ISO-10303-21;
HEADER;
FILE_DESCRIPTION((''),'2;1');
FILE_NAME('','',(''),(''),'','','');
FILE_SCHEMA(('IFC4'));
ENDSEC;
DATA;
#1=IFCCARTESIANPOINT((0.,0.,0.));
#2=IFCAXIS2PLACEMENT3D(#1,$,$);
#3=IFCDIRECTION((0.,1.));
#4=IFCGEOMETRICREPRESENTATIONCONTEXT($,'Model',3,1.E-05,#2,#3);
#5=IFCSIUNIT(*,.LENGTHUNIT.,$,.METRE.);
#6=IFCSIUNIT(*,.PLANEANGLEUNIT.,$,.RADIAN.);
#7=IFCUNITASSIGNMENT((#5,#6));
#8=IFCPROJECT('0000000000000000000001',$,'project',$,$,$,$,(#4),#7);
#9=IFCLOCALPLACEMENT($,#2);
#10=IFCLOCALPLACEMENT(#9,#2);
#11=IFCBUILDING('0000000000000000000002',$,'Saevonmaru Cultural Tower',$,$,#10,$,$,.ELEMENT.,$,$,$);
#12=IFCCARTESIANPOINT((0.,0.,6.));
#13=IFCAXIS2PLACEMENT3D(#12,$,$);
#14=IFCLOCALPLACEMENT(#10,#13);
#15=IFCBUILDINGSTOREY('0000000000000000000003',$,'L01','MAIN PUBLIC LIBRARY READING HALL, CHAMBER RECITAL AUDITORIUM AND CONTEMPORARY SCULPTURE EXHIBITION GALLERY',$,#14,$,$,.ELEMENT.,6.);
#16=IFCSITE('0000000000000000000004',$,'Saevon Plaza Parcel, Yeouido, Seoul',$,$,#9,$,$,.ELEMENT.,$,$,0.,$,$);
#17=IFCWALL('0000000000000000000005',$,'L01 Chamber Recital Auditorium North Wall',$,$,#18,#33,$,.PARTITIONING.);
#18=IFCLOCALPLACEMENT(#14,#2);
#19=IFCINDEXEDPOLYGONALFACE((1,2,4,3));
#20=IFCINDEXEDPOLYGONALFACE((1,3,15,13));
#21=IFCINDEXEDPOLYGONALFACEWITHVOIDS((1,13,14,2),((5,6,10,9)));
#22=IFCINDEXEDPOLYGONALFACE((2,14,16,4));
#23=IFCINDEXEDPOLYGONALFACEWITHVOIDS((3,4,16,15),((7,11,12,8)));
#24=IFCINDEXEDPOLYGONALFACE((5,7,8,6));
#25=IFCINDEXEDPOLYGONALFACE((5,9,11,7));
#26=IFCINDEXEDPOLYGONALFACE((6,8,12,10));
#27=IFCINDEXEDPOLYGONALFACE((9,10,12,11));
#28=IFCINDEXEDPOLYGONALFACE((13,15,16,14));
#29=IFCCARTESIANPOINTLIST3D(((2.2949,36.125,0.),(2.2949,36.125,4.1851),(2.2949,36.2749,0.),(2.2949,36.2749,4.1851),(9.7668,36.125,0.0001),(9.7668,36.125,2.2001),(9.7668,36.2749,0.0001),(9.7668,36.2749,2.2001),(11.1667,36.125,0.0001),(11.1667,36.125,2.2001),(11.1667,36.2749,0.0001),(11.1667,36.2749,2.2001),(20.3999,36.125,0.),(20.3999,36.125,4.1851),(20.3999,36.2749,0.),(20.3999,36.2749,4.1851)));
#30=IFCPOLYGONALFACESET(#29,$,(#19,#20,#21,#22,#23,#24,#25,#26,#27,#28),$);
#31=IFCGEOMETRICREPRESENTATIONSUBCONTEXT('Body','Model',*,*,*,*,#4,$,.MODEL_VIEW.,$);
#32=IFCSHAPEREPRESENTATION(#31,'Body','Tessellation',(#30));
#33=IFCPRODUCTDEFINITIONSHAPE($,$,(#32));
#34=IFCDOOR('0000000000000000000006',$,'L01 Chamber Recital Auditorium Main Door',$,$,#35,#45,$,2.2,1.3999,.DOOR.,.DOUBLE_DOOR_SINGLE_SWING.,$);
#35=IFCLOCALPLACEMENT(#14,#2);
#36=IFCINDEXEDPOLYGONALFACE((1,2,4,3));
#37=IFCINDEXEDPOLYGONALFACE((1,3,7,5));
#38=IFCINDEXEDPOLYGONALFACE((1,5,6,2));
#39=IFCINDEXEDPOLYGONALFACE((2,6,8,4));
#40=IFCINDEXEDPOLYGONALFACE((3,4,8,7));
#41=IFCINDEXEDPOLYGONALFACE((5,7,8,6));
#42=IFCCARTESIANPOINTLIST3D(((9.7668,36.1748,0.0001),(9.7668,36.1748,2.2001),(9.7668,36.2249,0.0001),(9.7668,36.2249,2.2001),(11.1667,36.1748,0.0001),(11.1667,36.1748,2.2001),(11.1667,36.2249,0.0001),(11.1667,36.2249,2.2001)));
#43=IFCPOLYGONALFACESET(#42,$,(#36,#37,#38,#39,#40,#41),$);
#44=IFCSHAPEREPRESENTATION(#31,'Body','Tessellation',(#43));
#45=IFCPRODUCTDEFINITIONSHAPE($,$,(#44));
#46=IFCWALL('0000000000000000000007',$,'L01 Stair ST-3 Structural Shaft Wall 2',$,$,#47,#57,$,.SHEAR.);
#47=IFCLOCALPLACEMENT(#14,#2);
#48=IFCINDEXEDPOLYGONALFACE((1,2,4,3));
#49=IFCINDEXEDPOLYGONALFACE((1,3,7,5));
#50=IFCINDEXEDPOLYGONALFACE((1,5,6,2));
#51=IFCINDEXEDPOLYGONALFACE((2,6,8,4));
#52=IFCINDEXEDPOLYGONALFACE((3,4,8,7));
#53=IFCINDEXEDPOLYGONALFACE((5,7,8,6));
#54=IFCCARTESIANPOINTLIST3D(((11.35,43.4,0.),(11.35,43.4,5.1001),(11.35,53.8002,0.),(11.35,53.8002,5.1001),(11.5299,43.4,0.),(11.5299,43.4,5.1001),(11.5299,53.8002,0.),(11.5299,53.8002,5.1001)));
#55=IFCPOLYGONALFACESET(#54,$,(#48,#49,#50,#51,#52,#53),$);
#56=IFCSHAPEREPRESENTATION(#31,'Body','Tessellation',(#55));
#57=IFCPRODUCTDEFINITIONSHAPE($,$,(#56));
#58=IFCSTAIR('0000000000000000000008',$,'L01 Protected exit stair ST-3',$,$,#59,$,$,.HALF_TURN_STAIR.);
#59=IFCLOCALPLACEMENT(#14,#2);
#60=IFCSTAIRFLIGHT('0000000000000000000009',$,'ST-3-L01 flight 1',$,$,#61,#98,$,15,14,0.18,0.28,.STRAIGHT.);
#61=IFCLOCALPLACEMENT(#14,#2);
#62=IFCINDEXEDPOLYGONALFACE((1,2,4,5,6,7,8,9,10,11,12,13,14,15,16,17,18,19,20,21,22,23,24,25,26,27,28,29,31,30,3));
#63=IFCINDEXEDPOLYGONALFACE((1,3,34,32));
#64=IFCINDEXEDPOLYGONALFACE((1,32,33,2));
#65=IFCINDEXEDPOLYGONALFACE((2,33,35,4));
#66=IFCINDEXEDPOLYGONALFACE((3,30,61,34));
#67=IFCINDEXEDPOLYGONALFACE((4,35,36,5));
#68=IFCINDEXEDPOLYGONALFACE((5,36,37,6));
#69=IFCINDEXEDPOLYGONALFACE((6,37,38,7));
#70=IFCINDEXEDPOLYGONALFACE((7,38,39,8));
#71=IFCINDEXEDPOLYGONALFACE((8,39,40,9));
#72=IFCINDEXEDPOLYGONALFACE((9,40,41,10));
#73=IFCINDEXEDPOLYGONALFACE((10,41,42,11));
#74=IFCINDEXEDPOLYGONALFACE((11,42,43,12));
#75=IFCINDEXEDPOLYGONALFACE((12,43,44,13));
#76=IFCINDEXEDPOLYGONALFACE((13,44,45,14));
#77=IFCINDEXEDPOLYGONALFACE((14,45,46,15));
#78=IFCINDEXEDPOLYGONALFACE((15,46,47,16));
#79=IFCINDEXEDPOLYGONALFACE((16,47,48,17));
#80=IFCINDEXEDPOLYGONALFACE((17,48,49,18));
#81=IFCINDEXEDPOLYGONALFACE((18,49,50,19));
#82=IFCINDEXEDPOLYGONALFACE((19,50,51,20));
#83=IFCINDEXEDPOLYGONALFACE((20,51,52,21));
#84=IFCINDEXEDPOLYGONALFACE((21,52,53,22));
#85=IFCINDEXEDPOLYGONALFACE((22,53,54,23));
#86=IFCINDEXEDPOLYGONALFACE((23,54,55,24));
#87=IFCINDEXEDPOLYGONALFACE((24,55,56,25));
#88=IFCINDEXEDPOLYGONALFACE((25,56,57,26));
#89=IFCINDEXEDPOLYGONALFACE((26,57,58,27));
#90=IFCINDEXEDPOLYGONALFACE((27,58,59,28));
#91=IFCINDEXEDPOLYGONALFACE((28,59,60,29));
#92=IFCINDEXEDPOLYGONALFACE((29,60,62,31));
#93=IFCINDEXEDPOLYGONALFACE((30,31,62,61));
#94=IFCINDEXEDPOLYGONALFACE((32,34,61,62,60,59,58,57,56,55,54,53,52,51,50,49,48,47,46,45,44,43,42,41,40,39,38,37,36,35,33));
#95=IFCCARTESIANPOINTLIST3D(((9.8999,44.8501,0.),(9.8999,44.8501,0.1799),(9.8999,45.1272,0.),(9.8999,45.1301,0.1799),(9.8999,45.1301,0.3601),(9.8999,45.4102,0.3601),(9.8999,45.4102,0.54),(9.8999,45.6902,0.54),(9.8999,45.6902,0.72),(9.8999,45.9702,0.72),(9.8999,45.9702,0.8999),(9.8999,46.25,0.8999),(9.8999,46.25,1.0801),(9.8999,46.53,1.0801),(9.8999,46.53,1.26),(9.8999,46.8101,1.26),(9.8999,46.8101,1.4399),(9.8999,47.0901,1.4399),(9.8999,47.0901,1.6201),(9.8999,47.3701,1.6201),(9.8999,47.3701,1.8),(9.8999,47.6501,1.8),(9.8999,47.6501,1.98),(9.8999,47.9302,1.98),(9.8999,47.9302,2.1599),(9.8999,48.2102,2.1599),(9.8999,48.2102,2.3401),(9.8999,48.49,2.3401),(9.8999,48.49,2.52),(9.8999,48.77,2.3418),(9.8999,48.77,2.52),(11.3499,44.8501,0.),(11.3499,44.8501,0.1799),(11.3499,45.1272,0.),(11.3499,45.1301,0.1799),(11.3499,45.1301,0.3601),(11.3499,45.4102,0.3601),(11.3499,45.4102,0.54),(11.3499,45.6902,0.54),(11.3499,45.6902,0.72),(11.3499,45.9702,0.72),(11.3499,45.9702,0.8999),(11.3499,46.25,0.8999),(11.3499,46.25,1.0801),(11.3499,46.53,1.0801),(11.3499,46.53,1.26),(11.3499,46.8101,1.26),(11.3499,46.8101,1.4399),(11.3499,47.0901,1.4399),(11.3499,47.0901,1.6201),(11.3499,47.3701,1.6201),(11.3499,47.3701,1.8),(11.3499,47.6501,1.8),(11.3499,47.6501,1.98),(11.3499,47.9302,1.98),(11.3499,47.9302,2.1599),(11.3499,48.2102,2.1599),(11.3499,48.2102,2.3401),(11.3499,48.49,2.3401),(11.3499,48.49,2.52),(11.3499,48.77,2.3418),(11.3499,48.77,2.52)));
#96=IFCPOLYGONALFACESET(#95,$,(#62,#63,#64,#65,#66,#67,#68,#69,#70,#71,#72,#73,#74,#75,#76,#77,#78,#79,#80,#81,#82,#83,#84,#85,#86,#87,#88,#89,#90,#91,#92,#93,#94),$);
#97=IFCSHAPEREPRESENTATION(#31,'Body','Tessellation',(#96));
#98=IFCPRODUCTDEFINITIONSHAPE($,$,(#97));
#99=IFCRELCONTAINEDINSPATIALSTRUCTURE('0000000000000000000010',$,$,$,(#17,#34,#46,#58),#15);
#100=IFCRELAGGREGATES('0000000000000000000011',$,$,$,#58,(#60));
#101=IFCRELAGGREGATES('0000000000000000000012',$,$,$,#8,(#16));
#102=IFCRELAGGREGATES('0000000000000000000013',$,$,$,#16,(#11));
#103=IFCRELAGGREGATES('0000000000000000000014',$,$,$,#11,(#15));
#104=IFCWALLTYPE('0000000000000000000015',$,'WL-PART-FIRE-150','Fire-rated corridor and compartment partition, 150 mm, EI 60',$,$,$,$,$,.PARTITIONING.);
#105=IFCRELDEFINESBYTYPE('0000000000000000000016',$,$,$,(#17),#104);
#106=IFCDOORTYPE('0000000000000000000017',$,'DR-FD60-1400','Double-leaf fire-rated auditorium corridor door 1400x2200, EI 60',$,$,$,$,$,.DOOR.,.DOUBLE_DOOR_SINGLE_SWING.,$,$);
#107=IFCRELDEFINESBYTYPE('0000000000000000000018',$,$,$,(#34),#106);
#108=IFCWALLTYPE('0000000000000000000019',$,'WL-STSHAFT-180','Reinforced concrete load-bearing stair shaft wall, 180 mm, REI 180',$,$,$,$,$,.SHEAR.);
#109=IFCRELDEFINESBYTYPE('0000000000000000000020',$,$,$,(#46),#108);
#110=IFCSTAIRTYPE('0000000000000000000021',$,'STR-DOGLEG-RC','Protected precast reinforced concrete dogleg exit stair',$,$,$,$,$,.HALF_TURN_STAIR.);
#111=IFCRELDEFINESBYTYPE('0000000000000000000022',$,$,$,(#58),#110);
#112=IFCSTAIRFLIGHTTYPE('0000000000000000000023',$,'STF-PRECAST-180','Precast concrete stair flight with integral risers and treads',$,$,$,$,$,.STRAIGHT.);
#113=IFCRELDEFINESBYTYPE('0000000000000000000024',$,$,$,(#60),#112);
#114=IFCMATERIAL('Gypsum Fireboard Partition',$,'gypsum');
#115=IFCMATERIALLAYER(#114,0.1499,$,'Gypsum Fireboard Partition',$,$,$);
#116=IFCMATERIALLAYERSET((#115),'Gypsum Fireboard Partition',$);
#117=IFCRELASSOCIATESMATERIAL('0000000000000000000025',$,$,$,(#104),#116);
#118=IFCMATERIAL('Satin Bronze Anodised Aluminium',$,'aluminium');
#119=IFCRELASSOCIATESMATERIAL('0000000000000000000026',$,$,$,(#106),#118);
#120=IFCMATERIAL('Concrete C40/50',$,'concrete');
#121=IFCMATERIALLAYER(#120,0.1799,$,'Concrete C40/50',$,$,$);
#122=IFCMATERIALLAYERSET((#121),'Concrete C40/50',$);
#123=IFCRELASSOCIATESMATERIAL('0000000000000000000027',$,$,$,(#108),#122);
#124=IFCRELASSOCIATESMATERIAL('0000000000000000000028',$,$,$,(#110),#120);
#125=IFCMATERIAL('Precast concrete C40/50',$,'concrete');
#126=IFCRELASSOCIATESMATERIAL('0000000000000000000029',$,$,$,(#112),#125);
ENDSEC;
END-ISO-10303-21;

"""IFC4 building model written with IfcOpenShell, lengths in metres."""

from ifc_helpers import new_model, si_unit, direction, frame, frame_2d, origin, place, context, subcontext, project, spatial, polyline, rectangle, outline, extrude, material, layer, layer_set, type_object, element, fill, aggregate, save


model = new_model("IFC4")

# Units and contexts
model_context = context("Model", 3, precision=1e-05, world=origin(), true_north=direction((0.0, 1.0)))
body_context = subcontext(model_context, "Body", "Model", "MODEL_VIEW")
ifc_project = project(units=[si_unit("LENGTHUNIT", "METRE"), si_unit("PLANEANGLEUNIT", "RADIAN")], contexts=[model_context])

# Site, building, storey
site_placement = place(None, origin())
site = spatial("IfcSite", under=ifc_project, at=site_placement, Name="Saevon Plaza Parcel, Yeouido, Seoul", CompositionType="ELEMENT", RefElevation=0.0)
building_placement = place(site_placement, origin())
building = spatial("IfcBuilding", under=site, at=building_placement, Name="Saevonmaru Cultural Tower", CompositionType="ELEMENT")
storey_placement = place(building_placement, frame((0.0, 0.0, 6.0)))
storey = spatial("IfcBuildingStorey", under=building, at=storey_placement, Name="L01", Description="MAIN PUBLIC LIBRARY READING HALL, CHAMBER RECITAL AUDITORIUM AND CONTEMPORARY SCULPTURE EXHIBITION GALLERY", CompositionType="ELEMENT", Elevation=6.0)

# Wall, opening, door
ifc_material_1 = material(Name="Gypsum Fireboard Partition", Category="gypsum")
ifc_layer_1 = layer(ifc_material_1, 0.1499, Name="Gypsum Fireboard Partition")
ifc_layer_set_1 = layer_set([ifc_layer_1], Name="Gypsum Fireboard Partition")
wall_type_1 = type_object("IfcWallType", Name="WL-PART-FIRE-150", Description="Fire-rated corridor and compartment partition, 150 mm, EI 60", PredefinedType="PARTITIONING", material=ifc_layer_set_1)
wall_1_placement = place(storey_placement, frame((2.2949, 36.2, 0.0), z_axis=(0.0, 0.0, 1.0), x_axis=(1.0, 0.0, 0.0)))
wall_1 = element("IfcWall", 1, at=wall_1_placement, inside=storey, type_object=wall_type_1, Name="L01 Chamber Recital Auditorium North Wall", PredefinedType="PARTITIONING", context=body_context, shape_type="SweptSolid", body=[
    extrude(rectangle(XDim=18.105, YDim=0.1499, at=frame_2d((9.0525, 0.0))), origin(), (0.0, 0.0, 1.0), 4.1851),
])
opening_1_placement = place(wall_1_placement, frame((7.4719, 0.0, 0.0)))
opening_1 = element("IfcOpeningElement", 2, at=opening_1_placement, cuts=wall_1, PredefinedType="OPENING", context=body_context, shape_type="SweptSolid", body=[
    extrude(rectangle(XDim=1.3999, YDim=2.2, at=frame_2d((0.7, 1.1001))), frame((0.0, 0.085, 0.0), z_axis=(0.0, -1.0, 0.0), x_axis=(1.0, 0.0, 0.0)), (0.0, 0.0, 1.0), 0.1699),
])
ifc_material_2 = material(Name="Satin Bronze Anodised Aluminium", Category="aluminium")
door_type_1 = type_object("IfcDoorType", Name="DR-FD60-1400", Description="Double-leaf fire-rated auditorium corridor door 1400x2200, EI 60", OperationType="DOUBLE_DOOR_SINGLE_SWING", PredefinedType="DOOR", material=ifc_material_2)
door_1_placement = place(opening_1_placement, origin())
door_1 = element("IfcDoor", 3, at=door_1_placement, inside=storey, type_object=door_type_1, Name="L01 Chamber Recital Auditorium Main Door", OperationType="DOUBLE_DOOR_SINGLE_SWING", OverallHeight=2.2, OverallWidth=1.3999, PredefinedType="DOOR", context=body_context, shape_type="SweptSolid", body=[
    extrude(rectangle(XDim=1.3999, YDim=2.2, at=frame_2d((0.7, 1.1001))), frame((0.0, 0.0249, 0.0), z_axis=(0.0, -1.0, 0.0), x_axis=(1.0, 0.0, 0.0)), (0.0, 0.0, 1.0), 0.05),
])
fill(opening_1, door_1)
ifc_material_3 = material(Name="Concrete C40/50", Category="concrete")
ifc_layer_2 = layer(ifc_material_3, 0.1799, Name="Concrete C40/50")
ifc_layer_set_2 = layer_set([ifc_layer_2], Name="Concrete C40/50")
wall_type_2 = type_object("IfcWallType", Name="WL-STSHAFT-180", Description="Reinforced concrete load-bearing stair shaft wall, 180 mm, REI 180", PredefinedType="SHEAR", material=ifc_layer_set_2)

# Wall
wall_2_placement = place(storey_placement, frame((11.4399, 43.3999, 0.0), z_axis=(0.0, 0.0, 1.0), x_axis=(0.0, 1.0, 0.0)))
element("IfcWall", 4, at=wall_2_placement, inside=storey, type_object=wall_type_2, Name="L01 Stair ST-3 Structural Shaft Wall 2", PredefinedType="SHEAR", context=body_context, shape_type="SweptSolid", body=[
    extrude(rectangle(XDim=10.4001, YDim=0.1799, at=frame_2d((5.2002, 0.0))), origin(), (0.0, 0.0, 1.0), 5.1001),
])

# Stair, stair flight
stair_type = type_object("IfcStairType", Name="STR-DOGLEG-RC", Description="Protected precast reinforced concrete dogleg exit stair", PredefinedType="HALF_TURN_STAIR", material=ifc_material_3)
stair_placement = place(storey_placement, origin())
stair = element("IfcStair", 5, at=stair_placement, inside=storey, type_object=stair_type, Name="L01 Protected exit stair ST-3", PredefinedType="HALF_TURN_STAIR")
ifc_material_4 = material(Name="Precast concrete C40/50", Category="concrete")
stair_flight_type = type_object("IfcStairFlightType", Name="STF-PRECAST-180", Description="Precast concrete stair flight with integral risers and treads", PredefinedType="STRAIGHT", material=ifc_material_4)
stair_flight_placement = place(storey_placement, frame((10.625, 44.8501, 0.0), z_axis=(0.0, 0.0, 1.0), x_axis=(0.0, 1.0, 0.0)))
stair_flight = element("IfcStairFlight", 6, at=stair_flight_placement, type_object=stair_flight_type, Name="ST-3-L01 flight 1", NumberOfRisers=15, NumberOfTreads=14, PredefinedType="STRAIGHT", RiserHeight=0.18, TreadLength=0.28, context=body_context, shape_type="SweptSolid", body=[
    extrude(outline(polyline([(0.0, 0.0), (0.0, 0.1799), (0.28, 0.1799), (0.28, 0.3601), (0.5601, 0.3601), (0.5601, 0.54), (0.8401, 0.54), (0.8401, 0.72), (1.1201, 0.72), (1.1201, 0.8999), (1.3999, 0.8999), (1.3999, 1.0801), (1.6799, 1.0801), (1.6799, 1.26), (1.96, 1.26), (1.96, 1.4399), (2.24, 1.4399), (2.24, 1.6201), (2.52, 1.6201), (2.52, 1.8), (2.8, 1.8), (2.8, 1.98), (3.0801, 1.98), (3.0801, 2.1599), (3.3601, 2.1599), (3.3601, 2.3401), (3.6399, 2.3401), (3.6399, 2.52), (3.9199, 2.52), (3.9199, 2.7), (3.9199, 2.3418), (0.2771, 0.0), (0.0, 0.0)])), frame((0.0, 0.7251, 0.0), z_axis=(0.0, -1.0, 0.0), x_axis=(1.0, 0.0, 0.0)), (0.0, 0.0, 1.0), 1.45),
])
aggregate(stair, [stair_flight])

save(model, "model.ifc")
